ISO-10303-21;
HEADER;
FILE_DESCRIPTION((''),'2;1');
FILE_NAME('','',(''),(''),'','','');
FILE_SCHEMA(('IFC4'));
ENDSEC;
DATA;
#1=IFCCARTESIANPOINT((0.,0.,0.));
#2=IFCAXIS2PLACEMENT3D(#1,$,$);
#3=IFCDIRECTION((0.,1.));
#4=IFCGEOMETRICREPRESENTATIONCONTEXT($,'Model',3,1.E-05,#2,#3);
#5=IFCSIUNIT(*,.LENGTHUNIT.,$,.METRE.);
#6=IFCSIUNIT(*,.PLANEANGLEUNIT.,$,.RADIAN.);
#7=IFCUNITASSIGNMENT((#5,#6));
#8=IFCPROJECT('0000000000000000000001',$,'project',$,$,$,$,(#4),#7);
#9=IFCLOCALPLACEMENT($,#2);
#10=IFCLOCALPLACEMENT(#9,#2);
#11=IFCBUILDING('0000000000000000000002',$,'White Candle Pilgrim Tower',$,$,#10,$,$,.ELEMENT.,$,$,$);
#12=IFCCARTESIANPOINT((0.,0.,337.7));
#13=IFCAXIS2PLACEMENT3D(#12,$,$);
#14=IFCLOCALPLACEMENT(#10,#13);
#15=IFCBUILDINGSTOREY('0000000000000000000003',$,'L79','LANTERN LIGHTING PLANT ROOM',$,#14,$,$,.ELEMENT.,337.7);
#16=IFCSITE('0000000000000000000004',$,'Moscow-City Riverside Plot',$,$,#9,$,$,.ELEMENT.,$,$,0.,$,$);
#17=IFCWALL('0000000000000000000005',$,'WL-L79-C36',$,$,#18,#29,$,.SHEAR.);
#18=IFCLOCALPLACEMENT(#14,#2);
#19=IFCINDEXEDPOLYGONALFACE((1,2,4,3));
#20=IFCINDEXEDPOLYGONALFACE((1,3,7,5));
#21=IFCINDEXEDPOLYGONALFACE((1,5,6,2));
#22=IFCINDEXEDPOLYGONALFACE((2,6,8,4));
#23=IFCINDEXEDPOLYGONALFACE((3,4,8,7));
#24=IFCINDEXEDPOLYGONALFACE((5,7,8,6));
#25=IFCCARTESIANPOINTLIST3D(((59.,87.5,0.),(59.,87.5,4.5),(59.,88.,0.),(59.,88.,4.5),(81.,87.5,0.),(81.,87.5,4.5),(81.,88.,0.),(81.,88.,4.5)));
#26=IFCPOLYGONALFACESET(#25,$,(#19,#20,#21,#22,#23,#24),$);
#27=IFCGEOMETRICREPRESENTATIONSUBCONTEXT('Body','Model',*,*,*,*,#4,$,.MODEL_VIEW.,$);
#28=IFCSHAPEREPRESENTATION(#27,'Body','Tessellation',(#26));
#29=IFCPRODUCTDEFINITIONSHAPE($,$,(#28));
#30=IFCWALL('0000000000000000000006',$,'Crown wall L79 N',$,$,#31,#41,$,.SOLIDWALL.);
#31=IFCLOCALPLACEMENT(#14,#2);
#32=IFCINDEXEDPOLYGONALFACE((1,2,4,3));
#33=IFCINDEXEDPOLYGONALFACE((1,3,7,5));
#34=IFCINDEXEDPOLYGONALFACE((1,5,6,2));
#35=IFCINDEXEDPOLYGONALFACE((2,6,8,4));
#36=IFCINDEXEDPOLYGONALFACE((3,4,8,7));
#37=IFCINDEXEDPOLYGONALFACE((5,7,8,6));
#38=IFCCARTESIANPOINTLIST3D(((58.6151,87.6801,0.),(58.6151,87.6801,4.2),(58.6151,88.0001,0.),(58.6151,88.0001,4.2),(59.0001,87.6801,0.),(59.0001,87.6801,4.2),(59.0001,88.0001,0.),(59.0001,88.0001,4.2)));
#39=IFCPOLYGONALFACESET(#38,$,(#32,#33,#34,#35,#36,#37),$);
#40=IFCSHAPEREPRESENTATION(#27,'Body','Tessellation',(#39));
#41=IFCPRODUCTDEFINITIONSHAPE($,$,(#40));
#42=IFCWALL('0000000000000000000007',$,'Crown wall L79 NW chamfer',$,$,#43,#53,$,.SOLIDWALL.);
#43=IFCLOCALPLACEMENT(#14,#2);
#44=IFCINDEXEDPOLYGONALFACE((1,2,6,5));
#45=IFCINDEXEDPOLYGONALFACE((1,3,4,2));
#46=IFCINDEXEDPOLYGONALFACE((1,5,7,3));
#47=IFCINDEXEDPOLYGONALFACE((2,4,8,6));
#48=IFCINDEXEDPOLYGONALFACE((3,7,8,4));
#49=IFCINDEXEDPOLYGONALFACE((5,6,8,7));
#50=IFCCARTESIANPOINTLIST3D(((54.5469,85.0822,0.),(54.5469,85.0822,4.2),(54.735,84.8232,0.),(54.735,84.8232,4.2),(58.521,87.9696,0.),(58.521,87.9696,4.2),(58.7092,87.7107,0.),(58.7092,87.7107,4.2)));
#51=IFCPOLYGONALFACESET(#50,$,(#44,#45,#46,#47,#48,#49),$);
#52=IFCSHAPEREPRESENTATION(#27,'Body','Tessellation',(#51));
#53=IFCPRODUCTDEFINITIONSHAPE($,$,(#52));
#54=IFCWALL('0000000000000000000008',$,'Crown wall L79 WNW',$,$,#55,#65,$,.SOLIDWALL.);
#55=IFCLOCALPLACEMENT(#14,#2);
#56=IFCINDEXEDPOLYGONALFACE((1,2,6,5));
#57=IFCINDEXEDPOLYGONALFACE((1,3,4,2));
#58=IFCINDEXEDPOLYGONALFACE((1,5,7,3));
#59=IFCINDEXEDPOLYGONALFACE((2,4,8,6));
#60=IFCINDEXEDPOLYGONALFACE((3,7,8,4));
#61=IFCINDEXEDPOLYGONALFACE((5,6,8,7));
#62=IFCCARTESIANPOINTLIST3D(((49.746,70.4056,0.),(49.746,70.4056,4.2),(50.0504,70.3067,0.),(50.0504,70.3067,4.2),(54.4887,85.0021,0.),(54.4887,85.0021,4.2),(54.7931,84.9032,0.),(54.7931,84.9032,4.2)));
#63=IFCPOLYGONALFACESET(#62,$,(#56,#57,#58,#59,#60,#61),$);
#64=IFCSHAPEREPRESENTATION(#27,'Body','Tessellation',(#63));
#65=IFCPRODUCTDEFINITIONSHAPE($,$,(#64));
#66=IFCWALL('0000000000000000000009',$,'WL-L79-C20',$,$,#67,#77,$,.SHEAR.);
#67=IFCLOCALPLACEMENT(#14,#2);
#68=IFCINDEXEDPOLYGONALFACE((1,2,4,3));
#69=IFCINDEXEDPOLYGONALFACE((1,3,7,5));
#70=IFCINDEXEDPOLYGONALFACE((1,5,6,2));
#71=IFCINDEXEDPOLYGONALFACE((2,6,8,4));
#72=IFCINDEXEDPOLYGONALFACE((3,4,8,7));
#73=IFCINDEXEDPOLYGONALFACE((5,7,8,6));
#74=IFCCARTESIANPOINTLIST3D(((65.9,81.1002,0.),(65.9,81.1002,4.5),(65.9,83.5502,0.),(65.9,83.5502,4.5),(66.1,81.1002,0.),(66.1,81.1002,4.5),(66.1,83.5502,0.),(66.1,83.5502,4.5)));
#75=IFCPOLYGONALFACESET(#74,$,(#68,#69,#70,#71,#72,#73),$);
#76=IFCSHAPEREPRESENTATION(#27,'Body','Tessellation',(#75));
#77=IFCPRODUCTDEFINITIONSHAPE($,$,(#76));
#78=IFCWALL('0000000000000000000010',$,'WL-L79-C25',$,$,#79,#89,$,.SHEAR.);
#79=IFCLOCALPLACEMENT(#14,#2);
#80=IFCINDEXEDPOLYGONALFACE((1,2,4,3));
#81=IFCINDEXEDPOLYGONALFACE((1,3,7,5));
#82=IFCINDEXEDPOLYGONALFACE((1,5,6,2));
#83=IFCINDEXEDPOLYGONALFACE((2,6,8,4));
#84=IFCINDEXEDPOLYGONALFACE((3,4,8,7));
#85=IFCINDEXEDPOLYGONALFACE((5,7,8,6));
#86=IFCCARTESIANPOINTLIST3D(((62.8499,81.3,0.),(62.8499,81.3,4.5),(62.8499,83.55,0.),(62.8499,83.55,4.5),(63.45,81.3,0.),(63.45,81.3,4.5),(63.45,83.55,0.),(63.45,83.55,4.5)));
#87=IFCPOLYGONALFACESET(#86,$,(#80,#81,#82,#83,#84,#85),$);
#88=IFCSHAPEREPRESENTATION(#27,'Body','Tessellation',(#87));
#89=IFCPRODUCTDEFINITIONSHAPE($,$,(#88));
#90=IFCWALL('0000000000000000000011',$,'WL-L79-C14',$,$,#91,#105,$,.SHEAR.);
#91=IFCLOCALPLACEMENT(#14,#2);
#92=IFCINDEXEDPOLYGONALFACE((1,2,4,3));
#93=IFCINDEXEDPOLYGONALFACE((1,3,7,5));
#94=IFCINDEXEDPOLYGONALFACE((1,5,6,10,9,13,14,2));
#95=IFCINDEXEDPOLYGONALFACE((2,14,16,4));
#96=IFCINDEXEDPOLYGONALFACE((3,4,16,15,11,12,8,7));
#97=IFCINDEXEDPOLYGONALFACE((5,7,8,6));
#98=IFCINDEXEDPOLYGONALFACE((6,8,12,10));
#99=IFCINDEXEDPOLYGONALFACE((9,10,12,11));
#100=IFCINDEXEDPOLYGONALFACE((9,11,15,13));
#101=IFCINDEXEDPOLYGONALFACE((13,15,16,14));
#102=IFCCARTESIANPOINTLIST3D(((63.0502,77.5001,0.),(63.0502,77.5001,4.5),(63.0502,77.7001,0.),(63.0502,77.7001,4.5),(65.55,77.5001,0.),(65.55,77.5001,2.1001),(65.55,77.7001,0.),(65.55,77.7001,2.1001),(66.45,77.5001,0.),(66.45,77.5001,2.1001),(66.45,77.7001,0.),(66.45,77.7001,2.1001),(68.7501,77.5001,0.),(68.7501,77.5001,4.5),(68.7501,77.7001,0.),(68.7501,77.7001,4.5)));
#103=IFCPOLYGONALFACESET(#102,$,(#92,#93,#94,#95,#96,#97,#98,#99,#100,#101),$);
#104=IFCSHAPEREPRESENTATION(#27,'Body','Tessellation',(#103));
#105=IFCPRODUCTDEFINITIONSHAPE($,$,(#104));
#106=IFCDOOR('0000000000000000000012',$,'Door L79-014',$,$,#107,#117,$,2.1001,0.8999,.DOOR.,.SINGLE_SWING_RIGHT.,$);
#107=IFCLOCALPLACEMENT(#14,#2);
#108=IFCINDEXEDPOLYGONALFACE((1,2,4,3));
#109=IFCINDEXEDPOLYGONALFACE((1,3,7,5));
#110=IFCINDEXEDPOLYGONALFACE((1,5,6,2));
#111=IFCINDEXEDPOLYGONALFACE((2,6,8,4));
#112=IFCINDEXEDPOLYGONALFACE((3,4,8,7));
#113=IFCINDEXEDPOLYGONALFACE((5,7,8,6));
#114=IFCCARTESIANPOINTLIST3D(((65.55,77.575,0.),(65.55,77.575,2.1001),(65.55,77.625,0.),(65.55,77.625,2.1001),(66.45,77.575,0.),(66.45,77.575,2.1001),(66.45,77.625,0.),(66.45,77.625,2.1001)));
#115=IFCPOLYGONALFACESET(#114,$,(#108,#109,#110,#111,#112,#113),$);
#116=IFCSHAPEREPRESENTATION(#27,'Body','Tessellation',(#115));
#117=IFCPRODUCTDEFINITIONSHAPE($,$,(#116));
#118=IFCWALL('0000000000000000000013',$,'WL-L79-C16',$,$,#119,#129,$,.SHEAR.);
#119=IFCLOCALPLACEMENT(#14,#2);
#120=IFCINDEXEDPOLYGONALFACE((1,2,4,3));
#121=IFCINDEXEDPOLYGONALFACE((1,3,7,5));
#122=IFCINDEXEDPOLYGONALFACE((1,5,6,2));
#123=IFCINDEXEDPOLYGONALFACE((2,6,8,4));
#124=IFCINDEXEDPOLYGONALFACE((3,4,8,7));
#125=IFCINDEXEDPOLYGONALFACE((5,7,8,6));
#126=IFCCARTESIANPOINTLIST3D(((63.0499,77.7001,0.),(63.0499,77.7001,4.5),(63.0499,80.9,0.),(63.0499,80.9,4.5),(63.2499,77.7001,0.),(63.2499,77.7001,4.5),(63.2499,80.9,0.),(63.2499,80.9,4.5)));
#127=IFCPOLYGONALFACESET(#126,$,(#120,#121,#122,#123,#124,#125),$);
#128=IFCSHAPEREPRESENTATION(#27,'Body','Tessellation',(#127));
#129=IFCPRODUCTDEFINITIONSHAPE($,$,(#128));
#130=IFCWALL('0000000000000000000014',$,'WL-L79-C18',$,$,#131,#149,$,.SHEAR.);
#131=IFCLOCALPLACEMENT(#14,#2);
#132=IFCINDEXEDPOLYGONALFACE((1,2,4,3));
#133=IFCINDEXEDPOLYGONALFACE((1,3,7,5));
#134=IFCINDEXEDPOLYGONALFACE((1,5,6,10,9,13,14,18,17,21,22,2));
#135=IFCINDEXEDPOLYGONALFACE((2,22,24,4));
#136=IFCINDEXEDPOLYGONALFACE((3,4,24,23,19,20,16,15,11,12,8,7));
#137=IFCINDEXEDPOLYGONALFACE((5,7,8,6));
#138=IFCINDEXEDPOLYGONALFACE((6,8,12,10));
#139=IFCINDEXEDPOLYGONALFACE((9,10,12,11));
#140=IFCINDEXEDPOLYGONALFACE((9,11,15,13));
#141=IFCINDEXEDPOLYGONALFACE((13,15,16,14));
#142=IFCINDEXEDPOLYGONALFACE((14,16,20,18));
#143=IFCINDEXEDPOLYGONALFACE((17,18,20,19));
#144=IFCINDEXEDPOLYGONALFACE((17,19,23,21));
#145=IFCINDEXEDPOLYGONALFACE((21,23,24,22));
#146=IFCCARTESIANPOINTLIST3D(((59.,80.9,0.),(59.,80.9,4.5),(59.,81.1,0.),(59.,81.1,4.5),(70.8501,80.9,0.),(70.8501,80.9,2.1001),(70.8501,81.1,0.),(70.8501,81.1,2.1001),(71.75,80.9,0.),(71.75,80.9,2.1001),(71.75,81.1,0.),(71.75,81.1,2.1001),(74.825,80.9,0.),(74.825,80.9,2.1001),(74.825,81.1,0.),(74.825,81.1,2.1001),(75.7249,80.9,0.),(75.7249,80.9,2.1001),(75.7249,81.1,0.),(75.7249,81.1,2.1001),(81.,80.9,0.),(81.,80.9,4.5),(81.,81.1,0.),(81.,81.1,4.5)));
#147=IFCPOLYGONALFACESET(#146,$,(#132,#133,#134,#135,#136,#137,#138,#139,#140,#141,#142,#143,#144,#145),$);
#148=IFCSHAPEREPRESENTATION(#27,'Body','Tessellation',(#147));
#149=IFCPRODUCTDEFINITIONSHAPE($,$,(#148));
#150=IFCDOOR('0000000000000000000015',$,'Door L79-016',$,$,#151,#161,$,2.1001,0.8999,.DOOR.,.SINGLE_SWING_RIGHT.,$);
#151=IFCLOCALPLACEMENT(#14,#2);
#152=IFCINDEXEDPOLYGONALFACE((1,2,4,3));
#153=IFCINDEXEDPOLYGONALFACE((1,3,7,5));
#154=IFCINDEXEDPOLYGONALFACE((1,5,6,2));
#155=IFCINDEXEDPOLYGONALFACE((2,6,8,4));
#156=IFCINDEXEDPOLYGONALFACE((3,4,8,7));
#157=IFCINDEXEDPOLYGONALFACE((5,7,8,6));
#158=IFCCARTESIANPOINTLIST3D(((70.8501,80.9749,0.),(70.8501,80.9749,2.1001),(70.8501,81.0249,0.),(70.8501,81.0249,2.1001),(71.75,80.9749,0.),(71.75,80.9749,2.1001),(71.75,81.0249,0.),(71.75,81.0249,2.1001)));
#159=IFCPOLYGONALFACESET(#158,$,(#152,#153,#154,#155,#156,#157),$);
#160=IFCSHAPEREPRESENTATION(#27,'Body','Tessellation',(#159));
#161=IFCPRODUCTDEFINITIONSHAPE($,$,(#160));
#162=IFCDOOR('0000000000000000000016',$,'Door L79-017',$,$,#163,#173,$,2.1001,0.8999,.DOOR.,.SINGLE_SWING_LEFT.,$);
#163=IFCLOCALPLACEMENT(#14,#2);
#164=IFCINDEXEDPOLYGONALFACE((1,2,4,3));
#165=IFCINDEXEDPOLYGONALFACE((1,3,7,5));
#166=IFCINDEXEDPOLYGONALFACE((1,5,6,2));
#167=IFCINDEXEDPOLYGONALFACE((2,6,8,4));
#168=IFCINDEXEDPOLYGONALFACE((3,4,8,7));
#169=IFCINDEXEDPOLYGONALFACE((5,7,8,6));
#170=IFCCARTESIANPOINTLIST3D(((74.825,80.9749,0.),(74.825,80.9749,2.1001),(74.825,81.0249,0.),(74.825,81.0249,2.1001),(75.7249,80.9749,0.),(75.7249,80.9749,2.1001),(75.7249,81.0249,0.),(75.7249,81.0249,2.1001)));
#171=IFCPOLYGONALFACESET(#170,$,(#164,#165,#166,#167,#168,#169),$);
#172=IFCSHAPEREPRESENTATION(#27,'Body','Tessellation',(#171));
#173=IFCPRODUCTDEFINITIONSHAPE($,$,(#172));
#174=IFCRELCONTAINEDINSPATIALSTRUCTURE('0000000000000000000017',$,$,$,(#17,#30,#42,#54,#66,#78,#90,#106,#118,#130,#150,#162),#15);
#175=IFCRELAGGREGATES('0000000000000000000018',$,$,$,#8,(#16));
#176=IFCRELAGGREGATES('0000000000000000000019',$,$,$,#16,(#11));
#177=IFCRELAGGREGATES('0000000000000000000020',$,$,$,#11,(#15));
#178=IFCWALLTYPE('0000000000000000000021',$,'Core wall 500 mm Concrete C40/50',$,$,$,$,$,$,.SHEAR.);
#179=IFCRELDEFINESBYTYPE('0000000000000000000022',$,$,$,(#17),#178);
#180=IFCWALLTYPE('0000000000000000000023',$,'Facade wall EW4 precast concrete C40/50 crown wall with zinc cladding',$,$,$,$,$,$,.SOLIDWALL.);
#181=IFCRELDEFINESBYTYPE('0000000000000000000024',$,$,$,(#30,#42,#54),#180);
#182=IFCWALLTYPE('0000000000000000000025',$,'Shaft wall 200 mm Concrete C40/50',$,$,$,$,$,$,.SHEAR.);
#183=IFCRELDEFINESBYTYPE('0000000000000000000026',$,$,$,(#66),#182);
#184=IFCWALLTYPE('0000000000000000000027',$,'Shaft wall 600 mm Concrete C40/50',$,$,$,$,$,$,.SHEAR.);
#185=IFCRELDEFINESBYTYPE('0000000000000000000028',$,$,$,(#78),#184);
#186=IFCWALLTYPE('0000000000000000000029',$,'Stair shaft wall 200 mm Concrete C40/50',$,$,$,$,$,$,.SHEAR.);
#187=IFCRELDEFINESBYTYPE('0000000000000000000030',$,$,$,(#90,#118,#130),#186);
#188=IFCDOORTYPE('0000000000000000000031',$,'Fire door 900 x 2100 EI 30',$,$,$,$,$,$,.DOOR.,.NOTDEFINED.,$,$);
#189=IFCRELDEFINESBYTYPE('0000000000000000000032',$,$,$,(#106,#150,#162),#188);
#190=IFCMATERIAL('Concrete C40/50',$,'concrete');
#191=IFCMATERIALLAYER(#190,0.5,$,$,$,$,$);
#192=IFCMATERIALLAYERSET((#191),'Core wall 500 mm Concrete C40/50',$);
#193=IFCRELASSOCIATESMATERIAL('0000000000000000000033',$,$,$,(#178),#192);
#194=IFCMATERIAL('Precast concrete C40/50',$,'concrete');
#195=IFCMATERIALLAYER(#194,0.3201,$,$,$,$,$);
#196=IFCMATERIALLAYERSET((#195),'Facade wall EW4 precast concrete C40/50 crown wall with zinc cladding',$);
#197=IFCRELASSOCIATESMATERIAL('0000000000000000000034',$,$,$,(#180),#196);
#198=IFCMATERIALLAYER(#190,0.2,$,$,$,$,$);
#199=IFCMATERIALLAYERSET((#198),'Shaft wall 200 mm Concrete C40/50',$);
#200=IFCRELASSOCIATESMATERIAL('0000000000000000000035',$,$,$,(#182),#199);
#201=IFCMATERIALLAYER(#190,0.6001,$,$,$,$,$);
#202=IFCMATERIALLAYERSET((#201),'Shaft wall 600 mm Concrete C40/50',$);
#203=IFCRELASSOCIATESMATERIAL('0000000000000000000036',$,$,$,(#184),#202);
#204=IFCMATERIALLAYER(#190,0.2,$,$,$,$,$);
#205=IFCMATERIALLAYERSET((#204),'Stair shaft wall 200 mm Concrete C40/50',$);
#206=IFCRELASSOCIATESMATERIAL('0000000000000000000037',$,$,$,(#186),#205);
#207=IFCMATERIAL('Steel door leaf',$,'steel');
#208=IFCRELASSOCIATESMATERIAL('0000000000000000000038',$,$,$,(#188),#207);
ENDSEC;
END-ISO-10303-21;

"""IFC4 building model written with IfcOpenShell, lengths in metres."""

from ifc_helpers import new_model, si_unit, direction, frame, frame_2d, origin, place, context, subcontext, project, spatial, rectangle, extrude, material, layer, layer_set, type_object, element, fill, save


model = new_model("IFC4")

# Units and contexts
model_context = context("Model", 3, precision=1e-05, world=origin(), true_north=direction((0.0, 1.0)))
body_context = subcontext(model_context, "Body", "Model", "MODEL_VIEW")
ifc_project = project(units=[si_unit("LENGTHUNIT", "METRE"), si_unit("PLANEANGLEUNIT", "RADIAN")], contexts=[model_context])

# Site, building, storey
site_placement = place(None, origin())
site = spatial("IfcSite", under=ifc_project, at=site_placement, Name="Moscow-City Riverside Plot", CompositionType="ELEMENT", RefElevation=0.0)
building_placement = place(site_placement, origin())
building = spatial("IfcBuilding", under=site, at=building_placement, Name="White Candle Pilgrim Tower", CompositionType="ELEMENT")
storey_placement = place(building_placement, frame((0.0, 0.0, 337.7)))
storey = spatial("IfcBuildingStorey", under=building, at=storey_placement, Name="L79", Description="LANTERN LIGHTING PLANT ROOM", CompositionType="ELEMENT", Elevation=337.7)

# Shared definitions
ifc_material_1 = material(Name="Concrete C40/50", Category="concrete")

# Shared definitions
ifc_layer_1 = layer(ifc_material_1, 0.5)
ifc_layer_set_1 = layer_set([ifc_layer_1], Name="Core wall 500 mm Concrete C40/50")
wall_type_1 = type_object("IfcWallType", Name="Core wall 500 mm Concrete C40/50", PredefinedType="SHEAR", material=ifc_layer_set_1)
ifc_material_2 = material(Name="Steel door leaf", Category="steel")

# Walls
wall_1_placement = place(storey_placement, frame((59.0, 87.75, 0.0), z_axis=(0.0, 0.0, 1.0), x_axis=(1.0, 0.0, 0.0)))
element("IfcWall", 1, at=wall_1_placement, inside=storey, type_object=wall_type_1, Name="WL-L79-C36", PredefinedType="SHEAR", context=body_context, shape_type="SweptSolid", body=[
    extrude(rectangle(XDim=22.0, YDim=0.5, at=frame_2d((11.0, 0.0))), origin(), (0.0, 0.0, 1.0), 4.5),
])
ifc_material_3 = material(Name="Precast concrete C40/50", Category="concrete")
ifc_layer_2 = layer(ifc_material_3, 0.3201)
ifc_layer_set_2 = layer_set([ifc_layer_2], Name="Facade wall EW4 precast concrete C40/50 crown wall with zinc cladding")
wall_type_2 = type_object("IfcWallType", Name="Facade wall EW4 precast concrete C40/50 crown wall with zinc cladding", PredefinedType="SOLIDWALL", material=ifc_layer_set_2)
wall_2_placement = place(storey_placement, frame((59.0, 87.8401, 0.0), z_axis=(0.0, 0.0, 1.0), x_axis=(-1.0, 0.0, 0.0)))
element("IfcWall", 2, at=wall_2_placement, inside=storey, type_object=wall_type_2, Name="Crown wall L79 N", PredefinedType="SOLIDWALL", context=body_context, shape_type="SweptSolid", body=[
    extrude(rectangle(XDim=0.385, YDim=0.3201, at=frame_2d((0.1924, 0.0))), origin(), (0.0, 0.0, 1.0), 4.2),
])
wall_3_placement = place(storey_placement, frame((58.615, 87.8401, 0.0), z_axis=(0.0, 0.0, 1.0), x_axis=(-0.809009, -0.587796, 0.0)))
element("IfcWall", 3, at=wall_3_placement, inside=storey, type_object=wall_type_2, Name="Crown wall L79 NW chamfer", PredefinedType="SOLIDWALL", context=body_context, shape_type="SweptSolid", body=[
    extrude(rectangle(XDim=4.9124, YDim=0.3201, at=frame_2d((2.4561, 0.0))), origin(), (0.0, 0.0, 1.0), 4.2),
])
wall_4_placement = place(storey_placement, frame((54.6409, 84.9526, 0.0), z_axis=(0.0, 0.0, 1.0), x_axis=(-0.309017, -0.951056, 0.0)))
element("IfcWall", 4, at=wall_4_placement, inside=storey, type_object=wall_type_2, Name="Crown wall L79 WNW", PredefinedType="SOLIDWALL", context=body_context, shape_type="SweptSolid", body=[
    extrude(rectangle(XDim=15.3477, YDim=0.3201, at=frame_2d((7.6738, 0.0))), origin(), (0.0, 0.0, 1.0), 4.2),
])
ifc_layer_3 = layer(ifc_material_1, 0.2)
ifc_layer_set_3 = layer_set([ifc_layer_3], Name="Shaft wall 200 mm Concrete C40/50")
wall_type_3 = type_object("IfcWallType", Name="Shaft wall 200 mm Concrete C40/50", PredefinedType="SHEAR", material=ifc_layer_set_3)
wall_5_placement = place(storey_placement, frame((66.0, 81.1001, 0.0), z_axis=(0.0, 0.0, 1.0), x_axis=(0.0, 1.0, 0.0)))
element("IfcWall", 5, at=wall_5_placement, inside=storey, type_object=wall_type_3, Name="WL-L79-C20", PredefinedType="SHEAR", context=body_context, shape_type="SweptSolid", body=[
    extrude(rectangle(XDim=2.45, YDim=0.2, at=frame_2d((1.2251, 0.0))), origin(), (0.0, 0.0, 1.0), 4.5),
])
ifc_layer_4 = layer(ifc_material_1, 0.6001)
ifc_layer_set_4 = layer_set([ifc_layer_4], Name="Shaft wall 600 mm Concrete C40/50")
wall_type_4 = type_object("IfcWallType", Name="Shaft wall 600 mm Concrete C40/50", PredefinedType="SHEAR", material=ifc_layer_set_4)
wall_6_placement = place(storey_placement, frame((63.1499, 81.3, 0.0), z_axis=(0.0, 0.0, 1.0), x_axis=(0.0, 1.0, 0.0)))
element("IfcWall", 6, at=wall_6_placement, inside=storey, type_object=wall_type_4, Name="WL-L79-C25", PredefinedType="SHEAR", context=body_context, shape_type="SweptSolid", body=[
    extrude(rectangle(XDim=2.25, YDim=0.6001, at=frame_2d((1.125, 0.0))), origin(), (0.0, 0.0, 1.0), 4.5),
])

# Wall, opening, door
ifc_layer_5 = layer(ifc_material_1, 0.2)
ifc_layer_set_5 = layer_set([ifc_layer_5], Name="Stair shaft wall 200 mm Concrete C40/50")
wall_type_5 = type_object("IfcWallType", Name="Stair shaft wall 200 mm Concrete C40/50", PredefinedType="SHEAR", material=ifc_layer_set_5)
wall_7_placement = place(storey_placement, frame((63.05, 77.6001, 0.0), z_axis=(0.0, 0.0, 1.0), x_axis=(1.0, 0.0, 0.0)))
wall_7 = element("IfcWall", 7, at=wall_7_placement, inside=storey, type_object=wall_type_5, Name="WL-L79-C14", PredefinedType="SHEAR", context=body_context, shape_type="SweptSolid", body=[
    extrude(rectangle(XDim=5.7, YDim=0.2, at=frame_2d((2.8501, 0.0))), origin(), (0.0, 0.0, 1.0), 4.5),
])
opening_1_placement = place(wall_7_placement, frame((2.5, 0.0, 0.0)))
opening_1 = element("IfcOpeningElement", 8, at=opening_1_placement, cuts=wall_7, PredefinedType="OPENING", context=body_context, shape_type="SweptSolid", body=[
    extrude(rectangle(XDim=0.8999, YDim=2.1001, at=frame_2d((0.45, 1.05))), frame((0.0, 0.1099, 0.0), z_axis=(0.0, -1.0, 0.0), x_axis=(1.0, 0.0, 0.0)), (0.0, 0.0, 1.0), 0.22),
])
door_type_1 = type_object("IfcDoorType", Name="Fire door 900 x 2100 EI 30", OperationType="NOTDEFINED", PredefinedType="DOOR", material=ifc_material_2)
door_1_placement = place(opening_1_placement, origin())
door_1 = element("IfcDoor", 9, at=door_1_placement, inside=storey, type_object=door_type_1, Name="Door L79-014", OperationType="SINGLE_SWING_RIGHT", OverallHeight=2.1001, OverallWidth=0.8999, PredefinedType="DOOR", context=body_context, shape_type="SweptSolid", body=[
    extrude(rectangle(XDim=0.8999, YDim=2.1001, at=frame_2d((0.45, 1.05))), frame((0.0, 0.0249, 0.0), z_axis=(0.0, -1.0, 0.0), x_axis=(1.0, 0.0, 0.0)), (0.0, 0.0, 1.0), 0.05),
])
fill(opening_1, door_1)

# Wall
wall_8_placement = place(storey_placement, frame((63.1499, 77.7, 0.0), z_axis=(0.0, 0.0, 1.0), x_axis=(0.0, 1.0, 0.0)))
element("IfcWall", 10, at=wall_8_placement, inside=storey, type_object=wall_type_5, Name="WL-L79-C16", PredefinedType="SHEAR", context=body_context, shape_type="SweptSolid", body=[
    extrude(rectangle(XDim=3.2, YDim=0.2, at=frame_2d((1.6001, 0.0))), origin(), (0.0, 0.0, 1.0), 4.5),
])

# Wall, openings, doors
wall_9_placement = place(storey_placement, frame((59.0, 81.0, 0.0), z_axis=(0.0, 0.0, 1.0), x_axis=(1.0, 0.0, 0.0)))
wall_9 = element("IfcWall", 11, at=wall_9_placement, inside=storey, type_object=wall_type_5, Name="WL-L79-C18", PredefinedType="SHEAR", context=body_context, shape_type="SweptSolid", body=[
    extrude(rectangle(XDim=22.0, YDim=0.2, at=frame_2d((11.0, 0.0))), origin(), (0.0, 0.0, 1.0), 4.5),
])
opening_2_placement = place(wall_9_placement, frame((11.8501, 0.0, 0.0)))
opening_2 = element("IfcOpeningElement", 12, at=opening_2_placement, cuts=wall_9, PredefinedType="OPENING", context=body_context, shape_type="SweptSolid", body=[
    extrude(rectangle(XDim=0.8999, YDim=2.1001, at=frame_2d((0.45, 1.05))), frame((0.0, 0.1099, 0.0), z_axis=(0.0, -1.0, 0.0), x_axis=(1.0, 0.0, 0.0)), (0.0, 0.0, 1.0), 0.22),
])
opening_3_placement = place(wall_9_placement, frame((15.825, 0.0, 0.0)))
opening_3 = element("IfcOpeningElement", 13, at=opening_3_placement, cuts=wall_9, PredefinedType="OPENING", context=body_context, shape_type="SweptSolid", body=[
    extrude(rectangle(XDim=0.8999, YDim=2.1001, at=frame_2d((0.45, 1.05))), frame((0.0, 0.1099, 0.0), z_axis=(0.0, -1.0, 0.0), x_axis=(1.0, 0.0, 0.0)), (0.0, 0.0, 1.0), 0.22),
])
door_2_placement = place(opening_2_placement, origin())
door_2 = element("IfcDoor", 14, at=door_2_placement, inside=storey, type_object=door_type_1, Name="Door L79-016", OperationType="SINGLE_SWING_RIGHT", OverallHeight=2.1001, OverallWidth=0.8999, PredefinedType="DOOR", context=body_context, shape_type="SweptSolid", body=[
    extrude(rectangle(XDim=0.8999, YDim=2.1001, at=frame_2d((0.45, 1.05))), frame((0.0, 0.0249, 0.0), z_axis=(0.0, -1.0, 0.0), x_axis=(1.0, 0.0, 0.0)), (0.0, 0.0, 1.0), 0.05),
])
fill(opening_2, door_2)
door_3_placement = place(opening_3_placement, origin())
door_3 = element("IfcDoor", 15, at=door_3_placement, inside=storey, type_object=door_type_1, Name="Door L79-017", OperationType="SINGLE_SWING_LEFT", OverallHeight=2.1001, OverallWidth=0.8999, PredefinedType="DOOR", context=body_context, shape_type="SweptSolid", body=[
    extrude(rectangle(XDim=0.8999, YDim=2.1001, at=frame_2d((0.45, 1.05))), frame((0.0, 0.0249, 0.0), z_axis=(0.0, -1.0, 0.0), x_axis=(1.0, 0.0, 0.0)), (0.0, 0.0, 1.0), 0.05),
])
fill(opening_3, door_3)

save(model, "model.ifc")
